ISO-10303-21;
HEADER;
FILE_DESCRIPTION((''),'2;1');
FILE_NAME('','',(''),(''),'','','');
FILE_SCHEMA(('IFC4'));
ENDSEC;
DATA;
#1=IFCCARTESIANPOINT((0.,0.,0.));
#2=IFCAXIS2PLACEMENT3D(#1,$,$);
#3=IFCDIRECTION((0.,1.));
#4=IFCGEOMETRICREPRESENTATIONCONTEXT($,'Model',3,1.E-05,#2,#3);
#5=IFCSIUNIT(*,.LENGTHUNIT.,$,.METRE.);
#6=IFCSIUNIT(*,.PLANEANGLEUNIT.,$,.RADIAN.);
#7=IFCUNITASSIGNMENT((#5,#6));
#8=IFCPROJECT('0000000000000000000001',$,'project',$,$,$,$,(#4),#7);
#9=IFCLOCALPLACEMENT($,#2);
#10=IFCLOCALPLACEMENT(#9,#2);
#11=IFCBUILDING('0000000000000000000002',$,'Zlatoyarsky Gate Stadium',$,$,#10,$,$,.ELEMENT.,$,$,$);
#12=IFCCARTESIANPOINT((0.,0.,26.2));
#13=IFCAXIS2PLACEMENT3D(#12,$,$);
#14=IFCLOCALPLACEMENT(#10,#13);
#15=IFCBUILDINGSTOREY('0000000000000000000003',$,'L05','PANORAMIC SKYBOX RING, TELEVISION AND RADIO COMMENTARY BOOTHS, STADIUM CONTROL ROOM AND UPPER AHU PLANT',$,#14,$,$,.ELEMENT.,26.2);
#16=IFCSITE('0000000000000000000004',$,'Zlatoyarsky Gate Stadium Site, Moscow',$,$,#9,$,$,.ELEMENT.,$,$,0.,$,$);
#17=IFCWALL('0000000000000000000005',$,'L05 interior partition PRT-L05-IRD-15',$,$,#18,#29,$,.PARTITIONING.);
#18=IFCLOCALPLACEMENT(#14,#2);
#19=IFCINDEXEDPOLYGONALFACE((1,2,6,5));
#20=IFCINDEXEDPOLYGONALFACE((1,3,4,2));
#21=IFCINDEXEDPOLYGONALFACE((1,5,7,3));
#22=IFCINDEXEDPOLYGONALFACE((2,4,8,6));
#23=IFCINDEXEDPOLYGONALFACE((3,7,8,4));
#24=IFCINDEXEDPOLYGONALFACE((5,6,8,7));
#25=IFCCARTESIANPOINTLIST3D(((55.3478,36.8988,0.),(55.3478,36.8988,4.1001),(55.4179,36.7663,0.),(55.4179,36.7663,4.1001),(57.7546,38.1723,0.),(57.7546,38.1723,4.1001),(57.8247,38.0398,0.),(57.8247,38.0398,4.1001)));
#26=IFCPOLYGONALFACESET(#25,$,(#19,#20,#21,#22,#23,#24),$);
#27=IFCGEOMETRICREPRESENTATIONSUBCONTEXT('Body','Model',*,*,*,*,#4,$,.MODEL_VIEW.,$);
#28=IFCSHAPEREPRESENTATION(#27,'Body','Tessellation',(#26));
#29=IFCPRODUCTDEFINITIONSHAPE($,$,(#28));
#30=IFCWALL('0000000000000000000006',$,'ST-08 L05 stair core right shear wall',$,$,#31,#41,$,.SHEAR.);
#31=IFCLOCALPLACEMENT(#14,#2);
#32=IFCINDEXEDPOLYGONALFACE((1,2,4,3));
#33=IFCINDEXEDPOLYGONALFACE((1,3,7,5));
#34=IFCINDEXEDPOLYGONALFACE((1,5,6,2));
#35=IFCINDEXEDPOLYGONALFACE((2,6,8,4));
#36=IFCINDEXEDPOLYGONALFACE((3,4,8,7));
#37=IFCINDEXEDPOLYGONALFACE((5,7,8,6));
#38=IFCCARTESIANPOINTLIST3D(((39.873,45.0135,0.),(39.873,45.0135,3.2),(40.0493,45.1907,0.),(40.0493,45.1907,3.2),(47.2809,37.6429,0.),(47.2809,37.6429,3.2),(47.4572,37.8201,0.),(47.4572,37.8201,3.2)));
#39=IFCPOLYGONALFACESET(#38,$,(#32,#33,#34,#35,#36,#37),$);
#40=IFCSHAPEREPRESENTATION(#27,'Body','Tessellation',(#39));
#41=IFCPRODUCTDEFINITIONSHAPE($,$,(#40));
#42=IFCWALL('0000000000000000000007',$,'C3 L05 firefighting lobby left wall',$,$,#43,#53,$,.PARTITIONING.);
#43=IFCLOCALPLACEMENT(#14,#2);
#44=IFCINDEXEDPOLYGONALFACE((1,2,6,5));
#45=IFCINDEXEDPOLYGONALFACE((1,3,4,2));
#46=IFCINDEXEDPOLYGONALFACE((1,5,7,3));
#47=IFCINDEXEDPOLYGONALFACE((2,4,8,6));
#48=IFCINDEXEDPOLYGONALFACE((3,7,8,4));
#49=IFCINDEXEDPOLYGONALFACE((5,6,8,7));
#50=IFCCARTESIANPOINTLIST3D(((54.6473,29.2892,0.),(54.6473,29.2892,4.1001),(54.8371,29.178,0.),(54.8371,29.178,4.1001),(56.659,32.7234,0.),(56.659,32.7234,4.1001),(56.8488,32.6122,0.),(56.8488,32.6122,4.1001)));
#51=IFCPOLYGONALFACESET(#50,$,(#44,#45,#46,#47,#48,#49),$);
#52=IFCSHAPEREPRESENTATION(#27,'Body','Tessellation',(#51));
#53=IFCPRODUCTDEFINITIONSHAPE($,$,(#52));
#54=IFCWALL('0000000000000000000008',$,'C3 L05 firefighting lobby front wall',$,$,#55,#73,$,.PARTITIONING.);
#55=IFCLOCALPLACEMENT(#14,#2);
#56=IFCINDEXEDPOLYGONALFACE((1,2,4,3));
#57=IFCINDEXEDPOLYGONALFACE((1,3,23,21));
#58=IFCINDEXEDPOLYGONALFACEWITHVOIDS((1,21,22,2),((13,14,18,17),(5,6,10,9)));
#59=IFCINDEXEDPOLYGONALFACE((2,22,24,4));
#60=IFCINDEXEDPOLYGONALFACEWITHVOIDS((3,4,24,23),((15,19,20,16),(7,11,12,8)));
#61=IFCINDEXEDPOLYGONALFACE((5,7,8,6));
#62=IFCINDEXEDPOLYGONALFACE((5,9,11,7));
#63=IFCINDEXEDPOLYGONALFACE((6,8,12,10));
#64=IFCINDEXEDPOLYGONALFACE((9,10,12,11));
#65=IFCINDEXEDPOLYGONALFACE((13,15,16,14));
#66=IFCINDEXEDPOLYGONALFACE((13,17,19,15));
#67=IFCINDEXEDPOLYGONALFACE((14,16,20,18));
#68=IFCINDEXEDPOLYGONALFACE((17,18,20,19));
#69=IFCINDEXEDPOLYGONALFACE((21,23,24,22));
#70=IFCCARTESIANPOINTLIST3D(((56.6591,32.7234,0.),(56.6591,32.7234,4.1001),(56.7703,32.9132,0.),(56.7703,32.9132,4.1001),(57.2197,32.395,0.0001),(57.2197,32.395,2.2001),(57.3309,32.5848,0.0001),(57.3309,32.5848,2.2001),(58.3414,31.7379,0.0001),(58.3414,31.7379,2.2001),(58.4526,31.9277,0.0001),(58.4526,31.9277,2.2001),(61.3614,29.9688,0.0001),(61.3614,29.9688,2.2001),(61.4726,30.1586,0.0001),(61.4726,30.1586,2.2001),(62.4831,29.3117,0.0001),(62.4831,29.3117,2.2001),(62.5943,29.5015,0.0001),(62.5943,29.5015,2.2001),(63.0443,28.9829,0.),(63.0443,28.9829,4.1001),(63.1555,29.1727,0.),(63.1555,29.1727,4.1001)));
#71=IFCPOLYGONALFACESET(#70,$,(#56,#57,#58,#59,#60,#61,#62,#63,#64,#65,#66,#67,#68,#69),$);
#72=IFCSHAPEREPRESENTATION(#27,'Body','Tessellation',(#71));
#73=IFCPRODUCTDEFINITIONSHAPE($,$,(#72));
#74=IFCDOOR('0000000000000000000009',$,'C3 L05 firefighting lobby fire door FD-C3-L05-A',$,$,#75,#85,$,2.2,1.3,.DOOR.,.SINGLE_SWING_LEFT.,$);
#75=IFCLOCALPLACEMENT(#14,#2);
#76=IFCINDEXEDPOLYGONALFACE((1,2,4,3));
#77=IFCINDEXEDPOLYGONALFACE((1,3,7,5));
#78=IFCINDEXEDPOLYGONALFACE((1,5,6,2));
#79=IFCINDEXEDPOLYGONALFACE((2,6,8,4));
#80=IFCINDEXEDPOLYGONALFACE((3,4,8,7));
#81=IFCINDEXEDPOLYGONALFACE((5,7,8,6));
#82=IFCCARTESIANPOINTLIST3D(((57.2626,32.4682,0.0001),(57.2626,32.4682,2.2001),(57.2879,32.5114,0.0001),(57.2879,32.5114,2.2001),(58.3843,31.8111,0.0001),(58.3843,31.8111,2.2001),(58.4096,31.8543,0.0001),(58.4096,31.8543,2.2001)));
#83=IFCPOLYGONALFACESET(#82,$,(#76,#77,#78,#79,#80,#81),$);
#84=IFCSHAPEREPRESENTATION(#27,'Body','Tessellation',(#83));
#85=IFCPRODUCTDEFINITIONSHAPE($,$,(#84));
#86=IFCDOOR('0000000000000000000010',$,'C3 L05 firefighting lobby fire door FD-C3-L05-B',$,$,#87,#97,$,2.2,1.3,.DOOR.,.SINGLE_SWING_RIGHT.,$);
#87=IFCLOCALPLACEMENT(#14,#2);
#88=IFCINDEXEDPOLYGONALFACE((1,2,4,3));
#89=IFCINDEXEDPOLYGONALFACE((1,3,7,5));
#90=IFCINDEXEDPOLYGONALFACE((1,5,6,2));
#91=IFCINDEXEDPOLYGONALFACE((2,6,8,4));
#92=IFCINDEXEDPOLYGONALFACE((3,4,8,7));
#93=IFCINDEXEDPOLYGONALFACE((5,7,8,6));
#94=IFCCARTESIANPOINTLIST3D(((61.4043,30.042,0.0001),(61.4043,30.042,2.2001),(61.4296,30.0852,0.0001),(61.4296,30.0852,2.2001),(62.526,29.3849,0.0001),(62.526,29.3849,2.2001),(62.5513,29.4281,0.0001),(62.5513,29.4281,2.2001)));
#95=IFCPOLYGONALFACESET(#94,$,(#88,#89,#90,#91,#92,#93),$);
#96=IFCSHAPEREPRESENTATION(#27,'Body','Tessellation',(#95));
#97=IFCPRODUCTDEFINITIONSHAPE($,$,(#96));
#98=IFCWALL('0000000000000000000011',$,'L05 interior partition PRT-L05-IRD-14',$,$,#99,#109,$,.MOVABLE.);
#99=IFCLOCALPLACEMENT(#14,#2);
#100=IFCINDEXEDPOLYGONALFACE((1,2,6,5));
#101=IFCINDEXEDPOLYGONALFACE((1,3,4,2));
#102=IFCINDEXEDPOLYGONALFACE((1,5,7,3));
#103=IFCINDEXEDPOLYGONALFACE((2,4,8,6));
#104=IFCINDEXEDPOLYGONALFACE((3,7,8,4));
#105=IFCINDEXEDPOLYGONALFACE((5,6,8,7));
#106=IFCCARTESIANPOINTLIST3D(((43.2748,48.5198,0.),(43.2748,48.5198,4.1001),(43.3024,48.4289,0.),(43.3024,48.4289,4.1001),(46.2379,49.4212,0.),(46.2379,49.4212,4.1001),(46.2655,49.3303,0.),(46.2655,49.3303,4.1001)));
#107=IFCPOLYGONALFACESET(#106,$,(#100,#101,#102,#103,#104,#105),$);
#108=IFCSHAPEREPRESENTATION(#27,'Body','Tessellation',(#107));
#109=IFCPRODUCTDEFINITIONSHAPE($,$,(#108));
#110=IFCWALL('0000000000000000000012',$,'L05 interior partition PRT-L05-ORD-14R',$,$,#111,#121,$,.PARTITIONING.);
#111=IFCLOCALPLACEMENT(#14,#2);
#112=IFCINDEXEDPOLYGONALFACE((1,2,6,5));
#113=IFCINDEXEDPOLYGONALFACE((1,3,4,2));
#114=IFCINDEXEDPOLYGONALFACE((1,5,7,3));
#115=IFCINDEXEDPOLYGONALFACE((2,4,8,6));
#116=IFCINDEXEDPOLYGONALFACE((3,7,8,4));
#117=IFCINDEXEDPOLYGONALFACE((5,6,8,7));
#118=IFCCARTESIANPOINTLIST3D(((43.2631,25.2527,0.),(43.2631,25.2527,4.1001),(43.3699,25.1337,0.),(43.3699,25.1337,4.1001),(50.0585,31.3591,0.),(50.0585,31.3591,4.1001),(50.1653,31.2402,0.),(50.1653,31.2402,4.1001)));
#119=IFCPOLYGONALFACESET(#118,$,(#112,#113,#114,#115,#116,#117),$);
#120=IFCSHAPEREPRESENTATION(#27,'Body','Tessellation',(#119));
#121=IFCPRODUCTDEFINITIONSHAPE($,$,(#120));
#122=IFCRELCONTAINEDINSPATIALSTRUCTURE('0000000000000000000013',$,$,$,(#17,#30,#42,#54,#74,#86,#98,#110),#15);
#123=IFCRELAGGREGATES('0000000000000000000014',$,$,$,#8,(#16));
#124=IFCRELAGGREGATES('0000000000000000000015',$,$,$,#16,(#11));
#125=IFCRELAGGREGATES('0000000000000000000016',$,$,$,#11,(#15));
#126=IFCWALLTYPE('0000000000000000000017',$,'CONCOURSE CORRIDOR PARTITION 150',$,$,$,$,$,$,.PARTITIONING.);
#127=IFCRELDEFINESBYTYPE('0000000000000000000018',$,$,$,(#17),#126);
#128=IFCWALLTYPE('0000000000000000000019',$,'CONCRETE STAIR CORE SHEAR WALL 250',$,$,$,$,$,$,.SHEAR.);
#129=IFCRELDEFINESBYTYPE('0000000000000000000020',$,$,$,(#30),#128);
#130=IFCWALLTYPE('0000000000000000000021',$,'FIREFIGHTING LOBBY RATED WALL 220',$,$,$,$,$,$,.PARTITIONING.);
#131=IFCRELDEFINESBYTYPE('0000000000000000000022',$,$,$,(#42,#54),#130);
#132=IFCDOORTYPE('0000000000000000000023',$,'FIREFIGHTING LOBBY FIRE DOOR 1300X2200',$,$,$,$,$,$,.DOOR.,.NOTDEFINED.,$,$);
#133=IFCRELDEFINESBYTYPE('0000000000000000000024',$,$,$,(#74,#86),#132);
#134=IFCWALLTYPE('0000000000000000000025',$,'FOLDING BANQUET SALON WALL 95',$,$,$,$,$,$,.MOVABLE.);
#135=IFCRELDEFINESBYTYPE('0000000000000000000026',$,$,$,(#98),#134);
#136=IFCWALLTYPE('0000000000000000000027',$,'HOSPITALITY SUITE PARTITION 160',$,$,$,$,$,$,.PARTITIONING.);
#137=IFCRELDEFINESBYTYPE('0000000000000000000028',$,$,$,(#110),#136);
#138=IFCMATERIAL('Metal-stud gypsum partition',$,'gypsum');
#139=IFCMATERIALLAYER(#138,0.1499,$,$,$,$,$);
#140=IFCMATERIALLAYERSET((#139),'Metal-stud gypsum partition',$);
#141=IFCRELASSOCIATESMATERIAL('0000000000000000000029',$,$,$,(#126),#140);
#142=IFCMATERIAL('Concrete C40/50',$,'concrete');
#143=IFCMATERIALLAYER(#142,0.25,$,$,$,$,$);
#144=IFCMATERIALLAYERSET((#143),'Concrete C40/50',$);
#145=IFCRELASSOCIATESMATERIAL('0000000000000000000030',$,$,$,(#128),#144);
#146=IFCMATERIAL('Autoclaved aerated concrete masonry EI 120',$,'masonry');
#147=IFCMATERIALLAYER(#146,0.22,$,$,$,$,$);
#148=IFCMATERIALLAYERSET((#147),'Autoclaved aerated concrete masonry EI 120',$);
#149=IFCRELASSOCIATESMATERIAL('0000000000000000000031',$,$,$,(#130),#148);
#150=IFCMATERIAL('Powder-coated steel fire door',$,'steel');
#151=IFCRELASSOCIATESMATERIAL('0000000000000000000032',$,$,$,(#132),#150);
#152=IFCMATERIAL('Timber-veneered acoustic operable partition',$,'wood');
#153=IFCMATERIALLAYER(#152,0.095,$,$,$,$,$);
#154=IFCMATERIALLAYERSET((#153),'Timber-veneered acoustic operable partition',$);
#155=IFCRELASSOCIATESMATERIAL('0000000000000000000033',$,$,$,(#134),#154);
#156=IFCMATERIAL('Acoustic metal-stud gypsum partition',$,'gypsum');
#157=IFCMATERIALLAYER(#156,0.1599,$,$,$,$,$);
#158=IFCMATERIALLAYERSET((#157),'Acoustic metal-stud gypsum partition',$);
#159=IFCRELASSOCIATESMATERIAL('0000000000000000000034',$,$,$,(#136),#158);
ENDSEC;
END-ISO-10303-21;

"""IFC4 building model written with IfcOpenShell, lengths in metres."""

from ifc_helpers import new_model, si_unit, direction, frame, frame_2d, origin, place, context, subcontext, project, spatial, rectangle, extrude, material, layer, layer_set, type_object, element, fill, save


model = new_model("IFC4")

# Units and contexts
model_context = context("Model", 3, precision=1e-05, world=origin(), true_north=direction((0.0, 1.0)))
body_context = subcontext(model_context, "Body", "Model", "MODEL_VIEW")
ifc_project = project(units=[si_unit("LENGTHUNIT", "METRE"), si_unit("PLANEANGLEUNIT", "RADIAN")], contexts=[model_context])

# Site, building, storey
site_placement = place(None, origin())
site = spatial("IfcSite", under=ifc_project, at=site_placement, Name="Zlatoyarsky Gate Stadium Site, Moscow", CompositionType="ELEMENT", RefElevation=0.0)
building_placement = place(site_placement, origin())
building = spatial("IfcBuilding", under=site, at=building_placement, Name="Zlatoyarsky Gate Stadium", CompositionType="ELEMENT")
storey_placement = place(building_placement, frame((0.0, 0.0, 26.2)))
storey = spatial("IfcBuildingStorey", under=building, at=storey_placement, Name="L05", Description="PANORAMIC SKYBOX RING, TELEVISION AND RADIO COMMENTARY BOOTHS, STADIUM CONTROL ROOM AND UPPER AHU PLANT", CompositionType="ELEMENT", Elevation=26.2)

# Shared definitions
ifc_material_1 = material(Name="Powder-coated steel fire door", Category="steel")

# Walls
ifc_material_2 = material(Name="Metal-stud gypsum partition", Category="gypsum")
ifc_layer_1 = layer(ifc_material_2, 0.1499)
ifc_layer_set_1 = layer_set([ifc_layer_1], Name="Metal-stud gypsum partition")
wall_type_1 = type_object("IfcWallType", Name="CONCOURSE CORRIDOR PARTITION 150", PredefinedType="PARTITIONING", material=ifc_layer_set_1)
wall_1_placement = place(storey_placement, frame((57.7896, 38.106, 0.0), z_axis=(0.0, 0.0, 1.0), x_axis=(-0.883897, -0.467682, 0.0)))
element("IfcWall", 1, at=wall_1_placement, inside=storey, type_object=wall_type_1, Name="L05 interior partition PRT-L05-IRD-15", PredefinedType="PARTITIONING", context=body_context, shape_type="SweptSolid", body=[
    extrude(rectangle(XDim=2.7229, YDim=0.1499, at=frame_2d((1.3613, 0.0))), origin(), (0.0, 0.0, 1.0), 4.1001),
])
ifc_material_3 = material(Name="Concrete C40/50", Category="concrete")
ifc_layer_2 = layer(ifc_material_3, 0.25)
ifc_layer_set_2 = layer_set([ifc_layer_2], Name="Concrete C40/50")
wall_type_2 = type_object("IfcWallType", Name="CONCRETE STAIR CORE SHEAR WALL 250", PredefinedType="SHEAR", material=ifc_layer_set_2)
wall_2_placement = place(storey_placement, frame((47.3691, 37.7314, 0.0), z_axis=(0.0, 0.0, 1.0), x_axis=(-0.708892, 0.705317, 0.0)))
element("IfcWall", 2, at=wall_2_placement, inside=storey, type_object=wall_type_2, Name="ST-08 L05 stair core right shear wall", PredefinedType="SHEAR", context=body_context, shape_type="SweptSolid", body=[
    extrude(rectangle(XDim=10.45, YDim=0.25, at=frame_2d((5.2251, 0.0))), origin(), (0.0, 0.0, 1.0), 3.2),
])
ifc_material_4 = material(Name="Autoclaved aerated concrete masonry EI 120", Category="masonry")
ifc_layer_3 = layer(ifc_material_4, 0.22)
ifc_layer_set_3 = layer_set([ifc_layer_3], Name="Autoclaved aerated concrete masonry EI 120")
wall_type_3 = type_object("IfcWallType", Name="FIREFIGHTING LOBBY RATED WALL 220", PredefinedType="PARTITIONING", material=ifc_layer_set_3)
wall_3_placement = place(storey_placement, frame((54.7422, 29.2336, 0.0), z_axis=(0.0, 0.0, 1.0), x_axis=(0.505464, 0.862847, 0.0)))
element("IfcWall", 3, at=wall_3_placement, inside=storey, type_object=wall_type_3, Name="C3 L05 firefighting lobby left wall", PredefinedType="PARTITIONING", context=body_context, shape_type="SweptSolid", body=[
    extrude(rectangle(XDim=3.98, YDim=0.22, at=frame_2d((1.99, 0.0))), origin(), (0.0, 0.0, 1.0), 4.1001),
])

# Wall, openings, doors
wall_4_placement = place(storey_placement, frame((56.7146, 32.8184, 0.0), z_axis=(0.0, 0.0, 1.0), x_axis=(0.862851, -0.505458, 0.0)))
wall_4 = element("IfcWall", 4, at=wall_4_placement, inside=storey, type_object=wall_type_3, Name="C3 L05 firefighting lobby front wall", PredefinedType="PARTITIONING", context=body_context, shape_type="SweptSolid", body=[
    extrude(rectangle(XDim=7.4001, YDim=0.22, at=frame_2d((3.7002, 0.0))), origin(), (0.0, 0.0, 1.0), 4.1001),
])
opening_1_placement = place(wall_4_placement, frame((0.6499, 0.0, 0.0)))
opening_1 = element("IfcOpeningElement", 5, at=opening_1_placement, cuts=wall_4, PredefinedType="OPENING", context=body_context, shape_type="SweptSolid", body=[
    extrude(rectangle(XDim=1.3, YDim=2.2, at=frame_2d((0.6499, 1.1001))), frame((0.0, 0.1199, 0.0), z_axis=(0.0, -1.0, 0.0), x_axis=(1.0, 0.0, 0.0)), (0.0, 0.0, 1.0), 0.24),
])
opening_2_placement = place(wall_4_placement, frame((5.45, 0.0, 0.0)))
opening_2 = element("IfcOpeningElement", 6, at=opening_2_placement, cuts=wall_4, PredefinedType="OPENING", context=body_context, shape_type="SweptSolid", body=[
    extrude(rectangle(XDim=1.3, YDim=2.2, at=frame_2d((0.6499, 1.1001))), frame((0.0, 0.1199, 0.0), z_axis=(0.0, -1.0, 0.0), x_axis=(1.0, 0.0, 0.0)), (0.0, 0.0, 1.0), 0.24),
])
door_type_1 = type_object("IfcDoorType", Name="FIREFIGHTING LOBBY FIRE DOOR 1300X2200", OperationType="NOTDEFINED", PredefinedType="DOOR", material=ifc_material_1)
door_1_placement = place(opening_1_placement, origin())
door_1 = element("IfcDoor", 7, at=door_1_placement, inside=storey, type_object=door_type_1, Name="C3 L05 firefighting lobby fire door FD-C3-L05-A", OperationType="SINGLE_SWING_LEFT", OverallHeight=2.2, OverallWidth=1.3, PredefinedType="DOOR", context=body_context, shape_type="SweptSolid", body=[
    extrude(rectangle(XDim=1.3, YDim=2.2, at=frame_2d((0.6499, 1.1001))), frame((0.0, 0.0249, 0.0), z_axis=(0.0, -1.0, 0.0), x_axis=(1.0, 0.0, 0.0)), (0.0, 0.0, 1.0), 0.05),
])
fill(opening_1, door_1)
door_2_placement = place(opening_2_placement, origin())
door_2 = element("IfcDoor", 8, at=door_2_placement, inside=storey, type_object=door_type_1, Name="C3 L05 firefighting lobby fire door FD-C3-L05-B", OperationType="SINGLE_SWING_RIGHT", OverallHeight=2.2, OverallWidth=1.3, PredefinedType="DOOR", context=body_context, shape_type="SweptSolid", body=[
    extrude(rectangle(XDim=1.3, YDim=2.2, at=frame_2d((0.6499, 1.1001))), frame((0.0, 0.0249, 0.0), z_axis=(0.0, -1.0, 0.0), x_axis=(1.0, 0.0, 0.0)), (0.0, 0.0, 1.0), 0.05),
])
fill(opening_2, door_2)

# Walls
ifc_material_5 = material(Name="Timber-veneered acoustic operable partition", Category="wood")
ifc_layer_4 = layer(ifc_material_5, 0.095)
ifc_layer_set_4 = layer_set([ifc_layer_4], Name="Timber-veneered acoustic operable partition")
wall_type_4 = type_object("IfcWallType", Name="FOLDING BANQUET SALON WALL 95", PredefinedType="MOVABLE", material=ifc_layer_set_4)
wall_5_placement = place(storey_placement, frame((46.2517, 49.3757, 0.0), z_axis=(0.0, 0.0, 1.0), x_axis=(-0.956715, -0.291027, 0.0)))
element("IfcWall", 9, at=wall_5_placement, inside=storey, type_object=wall_type_4, Name="L05 interior partition PRT-L05-IRD-14", PredefinedType="MOVABLE", context=body_context, shape_type="SweptSolid", body=[
    extrude(rectangle(XDim=3.0972, YDim=0.095, at=frame_2d((1.5486, 0.0))), origin(), (0.0, 0.0, 1.0), 4.1001),
])
ifc_material_6 = material(Name="Acoustic metal-stud gypsum partition", Category="gypsum")
ifc_layer_5 = layer(ifc_material_6, 0.1599)
ifc_layer_set_5 = layer_set([ifc_layer_5], Name="Acoustic metal-stud gypsum partition")
wall_type_5 = type_object("IfcWallType", Name="HOSPITALITY SUITE PARTITION 160", PredefinedType="PARTITIONING", material=ifc_layer_set_5)
wall_6_placement = place(storey_placement, frame((50.1118, 31.2996, 0.0), z_axis=(0.0, 0.0, 1.0), x_axis=(-0.743807, -0.668395, 0.0)))
element("IfcWall", 10, at=wall_6_placement, inside=storey, type_object=wall_type_5, Name="L05 interior partition PRT-L05-ORD-14R", PredefinedType="PARTITIONING", context=body_context, shape_type="SweptSolid", body=[
    extrude(rectangle(XDim=9.136, YDim=0.1599, at=frame_2d((4.5679, 0.0))), origin(), (0.0, 0.0, 1.0), 4.1001),
])

save(model, "model.ifc")
